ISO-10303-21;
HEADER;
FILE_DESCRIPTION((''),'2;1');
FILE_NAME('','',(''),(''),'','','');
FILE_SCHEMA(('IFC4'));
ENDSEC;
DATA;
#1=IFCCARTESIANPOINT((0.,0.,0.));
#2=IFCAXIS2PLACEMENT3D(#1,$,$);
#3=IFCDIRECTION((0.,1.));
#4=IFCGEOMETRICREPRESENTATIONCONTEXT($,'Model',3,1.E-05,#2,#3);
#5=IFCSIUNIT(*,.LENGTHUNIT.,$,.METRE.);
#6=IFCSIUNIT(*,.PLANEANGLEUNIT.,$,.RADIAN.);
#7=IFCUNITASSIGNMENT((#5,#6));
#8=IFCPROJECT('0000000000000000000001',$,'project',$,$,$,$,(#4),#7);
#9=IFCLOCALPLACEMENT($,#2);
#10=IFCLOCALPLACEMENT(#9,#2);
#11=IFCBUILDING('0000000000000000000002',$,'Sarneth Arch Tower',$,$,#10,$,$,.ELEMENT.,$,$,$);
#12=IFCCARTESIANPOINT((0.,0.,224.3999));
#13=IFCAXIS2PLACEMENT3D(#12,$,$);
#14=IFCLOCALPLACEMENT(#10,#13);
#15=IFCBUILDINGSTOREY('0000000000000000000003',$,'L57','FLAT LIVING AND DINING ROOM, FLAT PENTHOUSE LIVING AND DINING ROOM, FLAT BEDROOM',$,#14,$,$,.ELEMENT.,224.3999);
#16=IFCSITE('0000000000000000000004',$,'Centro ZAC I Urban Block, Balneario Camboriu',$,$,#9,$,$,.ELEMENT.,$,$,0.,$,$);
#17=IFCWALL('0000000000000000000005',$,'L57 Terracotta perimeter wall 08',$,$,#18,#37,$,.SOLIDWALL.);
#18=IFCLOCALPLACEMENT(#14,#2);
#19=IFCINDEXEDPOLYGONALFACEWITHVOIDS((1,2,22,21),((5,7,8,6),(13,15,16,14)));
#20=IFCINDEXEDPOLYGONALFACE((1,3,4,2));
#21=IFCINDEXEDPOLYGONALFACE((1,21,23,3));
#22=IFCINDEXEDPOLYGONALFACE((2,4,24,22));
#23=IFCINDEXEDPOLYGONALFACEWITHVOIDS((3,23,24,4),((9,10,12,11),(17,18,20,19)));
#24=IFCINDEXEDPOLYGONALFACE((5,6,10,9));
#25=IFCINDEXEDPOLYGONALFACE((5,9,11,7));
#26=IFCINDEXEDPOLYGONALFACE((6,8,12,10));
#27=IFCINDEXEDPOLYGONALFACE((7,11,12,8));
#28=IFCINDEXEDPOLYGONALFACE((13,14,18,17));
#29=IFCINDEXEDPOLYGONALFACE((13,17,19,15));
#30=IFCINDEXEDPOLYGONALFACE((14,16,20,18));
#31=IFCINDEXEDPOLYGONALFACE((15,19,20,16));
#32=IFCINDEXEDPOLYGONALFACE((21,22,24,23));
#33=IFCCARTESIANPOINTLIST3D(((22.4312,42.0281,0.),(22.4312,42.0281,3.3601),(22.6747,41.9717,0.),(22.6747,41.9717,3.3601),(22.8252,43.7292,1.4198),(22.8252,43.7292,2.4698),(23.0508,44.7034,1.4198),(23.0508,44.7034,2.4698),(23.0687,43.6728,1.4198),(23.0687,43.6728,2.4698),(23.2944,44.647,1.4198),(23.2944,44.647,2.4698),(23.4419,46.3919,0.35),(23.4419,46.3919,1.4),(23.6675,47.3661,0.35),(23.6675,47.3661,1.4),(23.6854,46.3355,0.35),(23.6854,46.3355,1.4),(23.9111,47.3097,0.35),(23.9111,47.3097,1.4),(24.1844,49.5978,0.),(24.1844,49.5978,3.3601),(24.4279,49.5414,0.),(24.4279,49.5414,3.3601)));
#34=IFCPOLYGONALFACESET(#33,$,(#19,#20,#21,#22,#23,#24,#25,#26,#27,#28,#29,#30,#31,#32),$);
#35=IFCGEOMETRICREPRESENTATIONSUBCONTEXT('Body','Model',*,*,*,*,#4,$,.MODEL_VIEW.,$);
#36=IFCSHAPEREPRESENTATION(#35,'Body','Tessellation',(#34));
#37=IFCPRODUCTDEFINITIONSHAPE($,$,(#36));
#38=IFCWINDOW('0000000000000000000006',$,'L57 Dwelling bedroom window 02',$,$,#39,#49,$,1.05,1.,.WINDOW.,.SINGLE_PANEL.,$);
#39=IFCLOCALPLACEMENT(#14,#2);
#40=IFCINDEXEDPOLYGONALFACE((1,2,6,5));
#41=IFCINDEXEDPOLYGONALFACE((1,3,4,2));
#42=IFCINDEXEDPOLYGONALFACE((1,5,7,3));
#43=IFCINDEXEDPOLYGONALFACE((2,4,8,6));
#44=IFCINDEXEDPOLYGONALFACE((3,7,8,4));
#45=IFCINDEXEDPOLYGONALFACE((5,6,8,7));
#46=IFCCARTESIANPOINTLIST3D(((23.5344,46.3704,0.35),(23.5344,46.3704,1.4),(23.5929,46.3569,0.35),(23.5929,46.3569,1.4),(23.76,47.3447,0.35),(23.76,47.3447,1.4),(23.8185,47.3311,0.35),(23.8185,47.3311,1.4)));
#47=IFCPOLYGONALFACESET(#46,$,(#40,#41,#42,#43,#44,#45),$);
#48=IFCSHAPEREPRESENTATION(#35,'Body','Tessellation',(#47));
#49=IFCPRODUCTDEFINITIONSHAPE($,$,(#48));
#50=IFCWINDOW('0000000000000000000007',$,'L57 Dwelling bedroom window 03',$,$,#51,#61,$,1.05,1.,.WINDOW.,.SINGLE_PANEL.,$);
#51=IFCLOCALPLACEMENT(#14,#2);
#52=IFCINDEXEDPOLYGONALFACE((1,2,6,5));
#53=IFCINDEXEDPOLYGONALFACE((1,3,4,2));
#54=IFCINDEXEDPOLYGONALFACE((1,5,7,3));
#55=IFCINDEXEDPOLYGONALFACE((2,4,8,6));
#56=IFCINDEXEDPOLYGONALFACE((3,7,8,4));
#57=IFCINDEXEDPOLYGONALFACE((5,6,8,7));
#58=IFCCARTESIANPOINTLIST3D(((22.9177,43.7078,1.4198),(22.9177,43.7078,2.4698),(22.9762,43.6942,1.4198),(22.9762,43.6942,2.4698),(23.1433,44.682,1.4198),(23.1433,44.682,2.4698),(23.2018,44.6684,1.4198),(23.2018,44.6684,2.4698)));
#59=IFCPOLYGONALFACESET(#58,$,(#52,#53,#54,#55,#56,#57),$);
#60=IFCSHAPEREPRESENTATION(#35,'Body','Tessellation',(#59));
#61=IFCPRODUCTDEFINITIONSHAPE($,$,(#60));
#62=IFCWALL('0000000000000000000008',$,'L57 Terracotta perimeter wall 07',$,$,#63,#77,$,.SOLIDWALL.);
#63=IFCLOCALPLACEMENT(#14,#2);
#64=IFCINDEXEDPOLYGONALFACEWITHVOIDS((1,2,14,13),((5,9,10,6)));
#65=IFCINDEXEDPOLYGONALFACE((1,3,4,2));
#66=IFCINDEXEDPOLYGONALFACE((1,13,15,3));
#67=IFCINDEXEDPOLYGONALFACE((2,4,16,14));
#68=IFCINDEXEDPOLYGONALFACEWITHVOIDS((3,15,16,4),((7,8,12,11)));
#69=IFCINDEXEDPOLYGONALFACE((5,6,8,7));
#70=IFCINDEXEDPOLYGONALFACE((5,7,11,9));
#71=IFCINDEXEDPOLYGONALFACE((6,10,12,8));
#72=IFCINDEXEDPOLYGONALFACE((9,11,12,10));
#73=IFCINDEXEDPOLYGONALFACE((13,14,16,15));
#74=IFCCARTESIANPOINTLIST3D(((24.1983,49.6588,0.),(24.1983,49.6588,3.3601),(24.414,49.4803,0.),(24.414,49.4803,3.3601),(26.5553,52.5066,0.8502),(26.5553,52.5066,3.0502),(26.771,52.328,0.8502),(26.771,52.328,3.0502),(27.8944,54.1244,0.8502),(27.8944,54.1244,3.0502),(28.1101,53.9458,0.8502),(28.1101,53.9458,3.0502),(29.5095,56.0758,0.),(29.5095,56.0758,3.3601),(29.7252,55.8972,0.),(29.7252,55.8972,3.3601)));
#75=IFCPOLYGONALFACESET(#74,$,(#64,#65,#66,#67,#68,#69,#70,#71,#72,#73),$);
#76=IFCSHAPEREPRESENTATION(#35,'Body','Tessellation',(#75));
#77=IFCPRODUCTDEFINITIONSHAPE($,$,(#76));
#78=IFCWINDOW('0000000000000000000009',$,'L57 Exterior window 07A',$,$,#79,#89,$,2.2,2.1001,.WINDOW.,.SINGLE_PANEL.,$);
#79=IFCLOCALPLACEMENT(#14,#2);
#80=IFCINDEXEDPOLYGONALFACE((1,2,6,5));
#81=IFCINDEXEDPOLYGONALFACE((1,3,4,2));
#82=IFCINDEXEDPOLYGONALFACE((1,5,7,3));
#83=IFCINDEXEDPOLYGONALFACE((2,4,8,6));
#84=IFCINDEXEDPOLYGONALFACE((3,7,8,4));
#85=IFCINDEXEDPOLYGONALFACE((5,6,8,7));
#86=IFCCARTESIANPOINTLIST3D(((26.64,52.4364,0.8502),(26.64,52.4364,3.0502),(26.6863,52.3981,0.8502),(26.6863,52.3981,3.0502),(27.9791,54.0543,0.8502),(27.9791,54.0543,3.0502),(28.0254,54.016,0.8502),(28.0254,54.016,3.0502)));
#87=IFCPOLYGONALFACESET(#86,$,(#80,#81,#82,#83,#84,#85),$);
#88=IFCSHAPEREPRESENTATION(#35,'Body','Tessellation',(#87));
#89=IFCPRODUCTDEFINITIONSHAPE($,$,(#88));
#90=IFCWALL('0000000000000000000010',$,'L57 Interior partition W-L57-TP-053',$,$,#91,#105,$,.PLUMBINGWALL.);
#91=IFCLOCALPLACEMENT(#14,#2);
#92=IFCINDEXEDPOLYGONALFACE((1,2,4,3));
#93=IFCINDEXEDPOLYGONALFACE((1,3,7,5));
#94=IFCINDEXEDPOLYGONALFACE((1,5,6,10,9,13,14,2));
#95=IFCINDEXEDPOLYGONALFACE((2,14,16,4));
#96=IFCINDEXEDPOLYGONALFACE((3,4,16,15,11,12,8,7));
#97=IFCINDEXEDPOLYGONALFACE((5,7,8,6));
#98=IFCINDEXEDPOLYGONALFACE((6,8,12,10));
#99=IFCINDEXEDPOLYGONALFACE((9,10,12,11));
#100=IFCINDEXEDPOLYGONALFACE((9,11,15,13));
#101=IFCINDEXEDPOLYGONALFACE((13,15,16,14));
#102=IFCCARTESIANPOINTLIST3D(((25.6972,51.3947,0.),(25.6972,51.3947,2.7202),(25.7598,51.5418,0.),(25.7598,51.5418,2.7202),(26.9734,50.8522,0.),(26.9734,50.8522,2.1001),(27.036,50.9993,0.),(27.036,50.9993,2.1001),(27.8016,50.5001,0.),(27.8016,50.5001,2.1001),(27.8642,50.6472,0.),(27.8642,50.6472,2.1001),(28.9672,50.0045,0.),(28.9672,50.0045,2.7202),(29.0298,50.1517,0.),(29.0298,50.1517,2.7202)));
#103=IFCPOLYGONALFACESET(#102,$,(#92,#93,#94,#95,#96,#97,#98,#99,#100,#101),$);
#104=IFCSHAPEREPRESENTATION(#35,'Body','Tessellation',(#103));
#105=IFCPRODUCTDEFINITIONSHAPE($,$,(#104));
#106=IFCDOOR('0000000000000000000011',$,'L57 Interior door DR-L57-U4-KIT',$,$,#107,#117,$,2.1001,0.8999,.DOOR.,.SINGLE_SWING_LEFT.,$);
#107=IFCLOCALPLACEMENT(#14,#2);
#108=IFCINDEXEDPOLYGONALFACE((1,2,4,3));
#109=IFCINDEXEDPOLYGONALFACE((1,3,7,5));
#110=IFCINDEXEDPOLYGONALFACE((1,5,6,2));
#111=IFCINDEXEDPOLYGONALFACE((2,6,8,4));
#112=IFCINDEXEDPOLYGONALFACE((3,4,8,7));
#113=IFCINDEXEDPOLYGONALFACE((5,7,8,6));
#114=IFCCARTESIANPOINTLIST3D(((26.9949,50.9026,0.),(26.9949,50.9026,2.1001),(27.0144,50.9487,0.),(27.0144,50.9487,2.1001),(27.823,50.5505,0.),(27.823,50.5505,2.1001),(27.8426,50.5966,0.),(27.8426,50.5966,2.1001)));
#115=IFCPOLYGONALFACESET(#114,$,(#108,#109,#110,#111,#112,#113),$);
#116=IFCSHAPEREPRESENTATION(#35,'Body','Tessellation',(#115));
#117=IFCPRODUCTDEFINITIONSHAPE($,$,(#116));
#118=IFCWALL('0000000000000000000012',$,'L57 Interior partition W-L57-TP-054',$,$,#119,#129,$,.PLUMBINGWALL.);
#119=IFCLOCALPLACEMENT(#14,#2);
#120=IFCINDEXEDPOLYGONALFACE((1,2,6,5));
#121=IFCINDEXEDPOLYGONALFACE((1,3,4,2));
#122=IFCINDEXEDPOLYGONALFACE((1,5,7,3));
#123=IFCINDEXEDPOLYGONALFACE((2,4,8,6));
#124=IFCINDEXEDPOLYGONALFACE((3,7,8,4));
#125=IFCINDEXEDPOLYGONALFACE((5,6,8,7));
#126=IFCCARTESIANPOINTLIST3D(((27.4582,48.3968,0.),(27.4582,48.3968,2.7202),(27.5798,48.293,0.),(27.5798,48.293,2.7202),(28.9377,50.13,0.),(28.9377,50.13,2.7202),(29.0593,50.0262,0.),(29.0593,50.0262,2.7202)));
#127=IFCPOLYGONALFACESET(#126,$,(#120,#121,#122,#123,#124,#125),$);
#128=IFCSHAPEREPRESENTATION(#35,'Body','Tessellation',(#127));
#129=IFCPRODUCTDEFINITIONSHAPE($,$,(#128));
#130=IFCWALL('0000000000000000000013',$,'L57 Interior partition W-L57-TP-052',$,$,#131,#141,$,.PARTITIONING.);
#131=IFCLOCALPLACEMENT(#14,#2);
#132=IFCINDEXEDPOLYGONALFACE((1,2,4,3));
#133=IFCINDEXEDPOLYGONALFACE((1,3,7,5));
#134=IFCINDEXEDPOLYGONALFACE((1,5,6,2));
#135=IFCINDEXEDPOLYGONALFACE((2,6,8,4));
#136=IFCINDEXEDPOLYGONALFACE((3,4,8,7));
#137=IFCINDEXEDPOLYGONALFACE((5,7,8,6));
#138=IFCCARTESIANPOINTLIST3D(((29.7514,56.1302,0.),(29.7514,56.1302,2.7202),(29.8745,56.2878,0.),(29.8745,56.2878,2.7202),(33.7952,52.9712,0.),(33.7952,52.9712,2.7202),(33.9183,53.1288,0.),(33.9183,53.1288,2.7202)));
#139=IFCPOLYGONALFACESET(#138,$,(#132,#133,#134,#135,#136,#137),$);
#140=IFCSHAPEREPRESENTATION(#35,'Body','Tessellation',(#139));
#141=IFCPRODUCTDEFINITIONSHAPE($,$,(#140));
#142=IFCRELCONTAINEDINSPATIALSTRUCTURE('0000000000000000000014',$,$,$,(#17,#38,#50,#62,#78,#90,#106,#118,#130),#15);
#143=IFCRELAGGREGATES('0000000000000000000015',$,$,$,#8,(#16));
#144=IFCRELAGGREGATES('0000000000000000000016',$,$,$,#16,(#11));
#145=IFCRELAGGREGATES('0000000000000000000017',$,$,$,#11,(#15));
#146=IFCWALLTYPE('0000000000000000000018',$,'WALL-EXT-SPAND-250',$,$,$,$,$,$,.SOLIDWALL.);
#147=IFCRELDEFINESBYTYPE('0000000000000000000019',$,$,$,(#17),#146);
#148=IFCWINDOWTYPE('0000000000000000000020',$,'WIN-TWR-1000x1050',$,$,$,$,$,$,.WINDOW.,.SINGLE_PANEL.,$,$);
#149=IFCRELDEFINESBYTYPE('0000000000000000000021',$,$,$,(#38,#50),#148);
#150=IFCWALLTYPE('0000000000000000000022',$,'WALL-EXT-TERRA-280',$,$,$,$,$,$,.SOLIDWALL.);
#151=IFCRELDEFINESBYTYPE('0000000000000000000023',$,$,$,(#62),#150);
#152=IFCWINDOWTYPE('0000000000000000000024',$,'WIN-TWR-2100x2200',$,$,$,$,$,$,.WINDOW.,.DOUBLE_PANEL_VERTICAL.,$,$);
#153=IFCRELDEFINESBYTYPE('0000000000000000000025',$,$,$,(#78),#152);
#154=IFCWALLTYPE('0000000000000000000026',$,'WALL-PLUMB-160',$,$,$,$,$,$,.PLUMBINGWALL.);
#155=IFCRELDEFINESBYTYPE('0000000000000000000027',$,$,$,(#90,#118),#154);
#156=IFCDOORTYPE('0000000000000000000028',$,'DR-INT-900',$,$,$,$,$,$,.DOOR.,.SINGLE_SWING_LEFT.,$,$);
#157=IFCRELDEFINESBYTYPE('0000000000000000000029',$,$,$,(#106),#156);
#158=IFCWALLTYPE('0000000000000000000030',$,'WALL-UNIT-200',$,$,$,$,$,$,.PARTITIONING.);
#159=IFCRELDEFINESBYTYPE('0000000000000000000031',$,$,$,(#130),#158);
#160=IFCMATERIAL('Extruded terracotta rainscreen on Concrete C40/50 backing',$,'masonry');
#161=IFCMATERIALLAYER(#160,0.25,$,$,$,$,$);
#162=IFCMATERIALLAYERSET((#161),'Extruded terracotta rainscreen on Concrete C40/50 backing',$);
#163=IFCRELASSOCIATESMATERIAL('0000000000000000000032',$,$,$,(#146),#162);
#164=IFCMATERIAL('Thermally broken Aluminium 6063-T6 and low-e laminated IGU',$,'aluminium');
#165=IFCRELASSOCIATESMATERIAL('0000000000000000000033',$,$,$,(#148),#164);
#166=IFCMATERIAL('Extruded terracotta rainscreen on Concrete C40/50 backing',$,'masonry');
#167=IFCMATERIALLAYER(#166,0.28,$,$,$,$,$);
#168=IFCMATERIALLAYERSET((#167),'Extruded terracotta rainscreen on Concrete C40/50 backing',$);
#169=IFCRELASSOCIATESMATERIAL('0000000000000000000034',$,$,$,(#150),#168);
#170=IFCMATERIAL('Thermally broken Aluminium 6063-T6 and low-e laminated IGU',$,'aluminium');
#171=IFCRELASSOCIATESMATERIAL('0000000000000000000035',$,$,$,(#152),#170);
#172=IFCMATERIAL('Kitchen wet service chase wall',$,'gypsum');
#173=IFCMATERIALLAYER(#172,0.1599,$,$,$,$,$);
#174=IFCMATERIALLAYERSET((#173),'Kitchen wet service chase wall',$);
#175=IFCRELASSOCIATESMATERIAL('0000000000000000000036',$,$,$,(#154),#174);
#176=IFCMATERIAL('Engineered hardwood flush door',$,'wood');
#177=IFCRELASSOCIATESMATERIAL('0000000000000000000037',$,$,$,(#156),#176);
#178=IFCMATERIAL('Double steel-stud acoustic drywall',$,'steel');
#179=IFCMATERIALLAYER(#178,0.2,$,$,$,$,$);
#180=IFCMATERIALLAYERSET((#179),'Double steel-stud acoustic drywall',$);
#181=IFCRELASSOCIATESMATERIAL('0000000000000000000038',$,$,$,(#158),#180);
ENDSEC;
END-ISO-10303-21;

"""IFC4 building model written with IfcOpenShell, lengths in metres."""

from ifc_helpers import new_model, si_unit, direction, frame, frame_2d, origin, place, context, subcontext, project, spatial, rectangle, extrude, material, layer, layer_set, type_object, element, fill, save


model = new_model("IFC4")

# Units and contexts
model_context = context("Model", 3, precision=1e-05, world=origin(), true_north=direction((0.0, 1.0)))
body_context = subcontext(model_context, "Body", "Model", "MODEL_VIEW")
ifc_project = project(units=[si_unit("LENGTHUNIT", "METRE"), si_unit("PLANEANGLEUNIT", "RADIAN")], contexts=[model_context])

# Site, building, storey
site_placement = place(None, origin())
site = spatial("IfcSite", under=ifc_project, at=site_placement, Name="Centro ZAC I Urban Block, Balneario Camboriu", CompositionType="ELEMENT", RefElevation=0.0)
building_placement = place(site_placement, origin())
building = spatial("IfcBuilding", under=site, at=building_placement, Name="Sarneth Arch Tower", CompositionType="ELEMENT")
storey_placement = place(building_placement, frame((0.0, 0.0, 224.3999)))
storey = spatial("IfcBuildingStorey", under=building, at=storey_placement, Name="L57", Description="FLAT LIVING AND DINING ROOM, FLAT PENTHOUSE LIVING AND DINING ROOM, FLAT BEDROOM", CompositionType="ELEMENT", Elevation=224.3999)

# Wall, openings, windows
ifc_material_1 = material(Name="Extruded terracotta rainscreen on Concrete C40/50 backing", Category="masonry")
ifc_layer_1 = layer(ifc_material_1, 0.25)
ifc_layer_set_1 = layer_set([ifc_layer_1], Name="Extruded terracotta rainscreen on Concrete C40/50 backing")
wall_type_1 = type_object("IfcWallType", Name="WALL-EXT-SPAND-250", PredefinedType="SOLIDWALL", material=ifc_layer_set_1)
wall_1_placement = place(storey_placement, frame((24.3062, 49.5696, 0.0), z_axis=(0.0, 0.0, 1.0), x_axis=(-0.225635, -0.974212, 0.0)))
wall_1 = element("IfcWall", 1, at=wall_1_placement, inside=storey, type_object=wall_type_1, Name="L57 Terracotta perimeter wall 08", PredefinedType="SOLIDWALL", context=body_context, shape_type="SweptSolid", body=[
    extrude(rectangle(XDim=7.77, YDim=0.25, at=frame_2d((3.885, 0.0))), origin(), (0.0, 0.0, 1.0), 3.3601),
])
opening_1_placement = place(wall_1_placement, frame((2.2908, 0.0, 0.3501)))
opening_1 = element("IfcOpeningElement", 2, at=opening_1_placement, cuts=wall_1, PredefinedType="OPENING", context=body_context, shape_type="SweptSolid", body=[
    extrude(rectangle(XDim=1.0, YDim=1.05, at=frame_2d((0.5, 0.5249))), frame((0.0, 0.135, 0.0), z_axis=(0.0, -1.0, 0.0), x_axis=(1.0, 0.0, 0.0)), (0.0, 0.0, 1.0), 0.27),
])
opening_2_placement = place(wall_1_placement, frame((5.0239, 0.0, 1.4199)))
opening_2 = element("IfcOpeningElement", 3, at=opening_2_placement, cuts=wall_1, PredefinedType="OPENING", context=body_context, shape_type="SweptSolid", body=[
    extrude(rectangle(XDim=1.0, YDim=1.05, at=frame_2d((0.5, 0.5249))), frame((0.0, 0.135, 0.0), z_axis=(0.0, -1.0, 0.0), x_axis=(1.0, 0.0, 0.0)), (0.0, 0.0, 1.0), 0.27),
])
ifc_material_2 = material(Name="Thermally broken Aluminium 6063-T6 and low-e laminated IGU", Category="aluminium")
window_type_1 = type_object("IfcWindowType", Name="WIN-TWR-1000x1050", PartitioningType="SINGLE_PANEL", PredefinedType="WINDOW", material=ifc_material_2)
window_1_placement = place(opening_1_placement, origin())
window_1 = element("IfcWindow", 4, at=window_1_placement, inside=storey, type_object=window_type_1, Name="L57 Dwelling bedroom window 02", OverallHeight=1.05, OverallWidth=1.0, PartitioningType="SINGLE_PANEL", PredefinedType="WINDOW", context=body_context, shape_type="SweptSolid", body=[
    extrude(rectangle(XDim=1.0, YDim=1.05, at=frame_2d((0.5, 0.5249))), frame((0.0, 0.03, 0.0), z_axis=(0.0, -1.0, 0.0), x_axis=(1.0, 0.0, 0.0)), (0.0, 0.0, 1.0), 0.0601),
])
fill(opening_1, window_1)
window_2_placement = place(opening_2_placement, origin())
window_2 = element("IfcWindow", 5, at=window_2_placement, inside=storey, type_object=window_type_1, Name="L57 Dwelling bedroom window 03", OverallHeight=1.05, OverallWidth=1.0, PartitioningType="SINGLE_PANEL", PredefinedType="WINDOW", context=body_context, shape_type="SweptSolid", body=[
    extrude(rectangle(XDim=1.0, YDim=1.05, at=frame_2d((0.5, 0.5249))), frame((0.0, 0.03, 0.0), z_axis=(0.0, -1.0, 0.0), x_axis=(1.0, 0.0, 0.0)), (0.0, 0.0, 1.0), 0.0601),
])
fill(opening_2, window_2)

# Wall, opening, window
ifc_material_3 = material(Name="Extruded terracotta rainscreen on Concrete C40/50 backing", Category="masonry")
ifc_layer_2 = layer(ifc_material_3, 0.28)
ifc_layer_set_2 = layer_set([ifc_layer_2], Name="Extruded terracotta rainscreen on Concrete C40/50 backing")
wall_type_2 = type_object("IfcWallType", Name="WALL-EXT-TERRA-280", PredefinedType="SOLIDWALL", material=ifc_layer_set_2)
wall_2_placement = place(storey_placement, frame((29.6174, 55.9866, 0.0), z_axis=(0.0, 0.0, 1.0), x_axis=(-0.637615, -0.770355, 0.0)))
wall_2 = element("IfcWall", 6, at=wall_2_placement, inside=storey, type_object=wall_type_2, Name="L57 Terracotta perimeter wall 07", PredefinedType="SOLIDWALL", context=body_context, shape_type="SweptSolid", body=[
    extrude(rectangle(XDim=8.3298, YDim=0.28, at=frame_2d((4.165, 0.0))), origin(), (0.0, 0.0, 1.0), 3.3601),
])
opening_3_placement = place(wall_2_placement, frame((2.5332, 0.0, 0.8501)))
opening_3 = element("IfcOpeningElement", 7, at=opening_3_placement, cuts=wall_2, PredefinedType="OPENING", context=body_context, shape_type="SweptSolid", body=[
    extrude(rectangle(XDim=2.1001, YDim=2.2, at=frame_2d((1.05, 1.1001))), frame((0.0, 0.1499, 0.0), z_axis=(0.0, -1.0, 0.0), x_axis=(1.0, 0.0, 0.0)), (0.0, 0.0, 1.0), 0.3),
])
ifc_material_4 = material(Name="Thermally broken Aluminium 6063-T6 and low-e laminated IGU", Category="aluminium")
window_type_2 = type_object("IfcWindowType", Name="WIN-TWR-2100x2200", PartitioningType="DOUBLE_PANEL_VERTICAL", PredefinedType="WINDOW", material=ifc_material_4)
window_3_placement = place(opening_3_placement, origin())
window_3 = element("IfcWindow", 8, at=window_3_placement, inside=storey, type_object=window_type_2, Name="L57 Exterior window 07A", OverallHeight=2.2, OverallWidth=2.1001, PartitioningType="SINGLE_PANEL", PredefinedType="WINDOW", context=body_context, shape_type="SweptSolid", body=[
    extrude(rectangle(XDim=2.1001, YDim=2.2, at=frame_2d((1.05, 1.1001))), frame((0.0, 0.03, 0.0), z_axis=(0.0, -1.0, 0.0), x_axis=(1.0, 0.0, 0.0)), (0.0, 0.0, 1.0), 0.0601),
])
fill(opening_3, window_3)

# Wall, opening, door
ifc_material_5 = material(Name="Kitchen wet service chase wall", Category="gypsum")
ifc_layer_3 = layer(ifc_material_5, 0.1599)
ifc_layer_set_3 = layer_set([ifc_layer_3], Name="Kitchen wet service chase wall")
wall_type_3 = type_object("IfcWallType", Name="WALL-PLUMB-160", PredefinedType="PLUMBINGWALL", material=ifc_layer_set_3)
wall_3_placement = place(storey_placement, frame((25.7285, 51.4683, 0.0), z_axis=(0.0, 0.0, 1.0), x_axis=(0.920293, -0.391231, 0.0)))
wall_3 = element("IfcWall", 9, at=wall_3_placement, inside=storey, type_object=wall_type_3, Name="L57 Interior partition W-L57-TP-053", PredefinedType="PLUMBINGWALL", context=body_context, shape_type="SweptSolid", body=[
    extrude(rectangle(XDim=3.5532, YDim=0.1599, at=frame_2d((1.7766, 0.0))), origin(), (0.0, 0.0, 1.0), 2.7202),
])
opening_4_placement = place(wall_3_placement, frame((1.3867, 0.0, 0.0)))
opening_4 = element("IfcOpeningElement", 10, at=opening_4_placement, cuts=wall_3, PredefinedType="OPENING", context=body_context, shape_type="SweptSolid", body=[
    extrude(rectangle(XDim=0.8999, YDim=2.1001, at=frame_2d((0.45, 1.05))), frame((0.0, 0.0898, 0.0), z_axis=(0.0, -1.0, 0.0), x_axis=(1.0, 0.0, 0.0)), (0.0, 0.0, 1.0), 0.1799),
])
ifc_material_6 = material(Name="Engineered hardwood flush door", Category="wood")
door_type_1 = type_object("IfcDoorType", Name="DR-INT-900", OperationType="SINGLE_SWING_LEFT", PredefinedType="DOOR", material=ifc_material_6)
door_1_placement = place(opening_4_placement, origin())
door_1 = element("IfcDoor", 11, at=door_1_placement, inside=storey, type_object=door_type_1, Name="L57 Interior door DR-L57-U4-KIT", OperationType="SINGLE_SWING_LEFT", OverallHeight=2.1001, OverallWidth=0.8999, PredefinedType="DOOR", context=body_context, shape_type="SweptSolid", body=[
    extrude(rectangle(XDim=0.8999, YDim=2.1001, at=frame_2d((0.45, 1.05))), frame((0.0, 0.0249, 0.0), z_axis=(0.0, -1.0, 0.0), x_axis=(1.0, 0.0, 0.0)), (0.0, 0.0, 1.0), 0.05),
])
fill(opening_4, door_1)

# Walls
wall_4_placement = place(storey_placement, frame((28.9985, 50.0781, 0.0), z_axis=(0.0, 0.0, 1.0), x_axis=(-0.649255, -0.760571, 0.0)))
element("IfcWall", 12, at=wall_4_placement, inside=storey, type_object=wall_type_3, Name="L57 Interior partition W-L57-TP-054", PredefinedType="PLUMBINGWALL", context=body_context, shape_type="SweptSolid", body=[
    extrude(rectangle(XDim=2.2788, YDim=0.1599, at=frame_2d((1.1394, 0.0))), origin(), (0.0, 0.0, 1.0), 2.7202),
])
ifc_material_7 = material(Name="Double steel-stud acoustic drywall", Category="steel")
ifc_layer_4 = layer(ifc_material_7, 0.2)
ifc_layer_set_4 = layer_set([ifc_layer_4], Name="Double steel-stud acoustic drywall")
wall_type_4 = type_object("IfcWallType", Name="WALL-UNIT-200", PredefinedType="PARTITIONING", material=ifc_layer_set_4)
wall_5_placement = place(storey_placement, frame((29.813, 56.209, 0.0), z_axis=(0.0, 0.0, 1.0), x_axis=(0.788044, -0.615619, 0.0)))
element("IfcWall", 13, at=wall_5_placement, inside=storey, type_object=wall_type_4, Name="L57 Interior partition W-L57-TP-052", PredefinedType="PARTITIONING", context=body_context, shape_type="SweptSolid", body=[
    extrude(rectangle(XDim=5.1313, YDim=0.2, at=frame_2d((2.5657, 0.0))), origin(), (0.0, 0.0, 1.0), 2.7202),
])

save(model, "model.ifc")
